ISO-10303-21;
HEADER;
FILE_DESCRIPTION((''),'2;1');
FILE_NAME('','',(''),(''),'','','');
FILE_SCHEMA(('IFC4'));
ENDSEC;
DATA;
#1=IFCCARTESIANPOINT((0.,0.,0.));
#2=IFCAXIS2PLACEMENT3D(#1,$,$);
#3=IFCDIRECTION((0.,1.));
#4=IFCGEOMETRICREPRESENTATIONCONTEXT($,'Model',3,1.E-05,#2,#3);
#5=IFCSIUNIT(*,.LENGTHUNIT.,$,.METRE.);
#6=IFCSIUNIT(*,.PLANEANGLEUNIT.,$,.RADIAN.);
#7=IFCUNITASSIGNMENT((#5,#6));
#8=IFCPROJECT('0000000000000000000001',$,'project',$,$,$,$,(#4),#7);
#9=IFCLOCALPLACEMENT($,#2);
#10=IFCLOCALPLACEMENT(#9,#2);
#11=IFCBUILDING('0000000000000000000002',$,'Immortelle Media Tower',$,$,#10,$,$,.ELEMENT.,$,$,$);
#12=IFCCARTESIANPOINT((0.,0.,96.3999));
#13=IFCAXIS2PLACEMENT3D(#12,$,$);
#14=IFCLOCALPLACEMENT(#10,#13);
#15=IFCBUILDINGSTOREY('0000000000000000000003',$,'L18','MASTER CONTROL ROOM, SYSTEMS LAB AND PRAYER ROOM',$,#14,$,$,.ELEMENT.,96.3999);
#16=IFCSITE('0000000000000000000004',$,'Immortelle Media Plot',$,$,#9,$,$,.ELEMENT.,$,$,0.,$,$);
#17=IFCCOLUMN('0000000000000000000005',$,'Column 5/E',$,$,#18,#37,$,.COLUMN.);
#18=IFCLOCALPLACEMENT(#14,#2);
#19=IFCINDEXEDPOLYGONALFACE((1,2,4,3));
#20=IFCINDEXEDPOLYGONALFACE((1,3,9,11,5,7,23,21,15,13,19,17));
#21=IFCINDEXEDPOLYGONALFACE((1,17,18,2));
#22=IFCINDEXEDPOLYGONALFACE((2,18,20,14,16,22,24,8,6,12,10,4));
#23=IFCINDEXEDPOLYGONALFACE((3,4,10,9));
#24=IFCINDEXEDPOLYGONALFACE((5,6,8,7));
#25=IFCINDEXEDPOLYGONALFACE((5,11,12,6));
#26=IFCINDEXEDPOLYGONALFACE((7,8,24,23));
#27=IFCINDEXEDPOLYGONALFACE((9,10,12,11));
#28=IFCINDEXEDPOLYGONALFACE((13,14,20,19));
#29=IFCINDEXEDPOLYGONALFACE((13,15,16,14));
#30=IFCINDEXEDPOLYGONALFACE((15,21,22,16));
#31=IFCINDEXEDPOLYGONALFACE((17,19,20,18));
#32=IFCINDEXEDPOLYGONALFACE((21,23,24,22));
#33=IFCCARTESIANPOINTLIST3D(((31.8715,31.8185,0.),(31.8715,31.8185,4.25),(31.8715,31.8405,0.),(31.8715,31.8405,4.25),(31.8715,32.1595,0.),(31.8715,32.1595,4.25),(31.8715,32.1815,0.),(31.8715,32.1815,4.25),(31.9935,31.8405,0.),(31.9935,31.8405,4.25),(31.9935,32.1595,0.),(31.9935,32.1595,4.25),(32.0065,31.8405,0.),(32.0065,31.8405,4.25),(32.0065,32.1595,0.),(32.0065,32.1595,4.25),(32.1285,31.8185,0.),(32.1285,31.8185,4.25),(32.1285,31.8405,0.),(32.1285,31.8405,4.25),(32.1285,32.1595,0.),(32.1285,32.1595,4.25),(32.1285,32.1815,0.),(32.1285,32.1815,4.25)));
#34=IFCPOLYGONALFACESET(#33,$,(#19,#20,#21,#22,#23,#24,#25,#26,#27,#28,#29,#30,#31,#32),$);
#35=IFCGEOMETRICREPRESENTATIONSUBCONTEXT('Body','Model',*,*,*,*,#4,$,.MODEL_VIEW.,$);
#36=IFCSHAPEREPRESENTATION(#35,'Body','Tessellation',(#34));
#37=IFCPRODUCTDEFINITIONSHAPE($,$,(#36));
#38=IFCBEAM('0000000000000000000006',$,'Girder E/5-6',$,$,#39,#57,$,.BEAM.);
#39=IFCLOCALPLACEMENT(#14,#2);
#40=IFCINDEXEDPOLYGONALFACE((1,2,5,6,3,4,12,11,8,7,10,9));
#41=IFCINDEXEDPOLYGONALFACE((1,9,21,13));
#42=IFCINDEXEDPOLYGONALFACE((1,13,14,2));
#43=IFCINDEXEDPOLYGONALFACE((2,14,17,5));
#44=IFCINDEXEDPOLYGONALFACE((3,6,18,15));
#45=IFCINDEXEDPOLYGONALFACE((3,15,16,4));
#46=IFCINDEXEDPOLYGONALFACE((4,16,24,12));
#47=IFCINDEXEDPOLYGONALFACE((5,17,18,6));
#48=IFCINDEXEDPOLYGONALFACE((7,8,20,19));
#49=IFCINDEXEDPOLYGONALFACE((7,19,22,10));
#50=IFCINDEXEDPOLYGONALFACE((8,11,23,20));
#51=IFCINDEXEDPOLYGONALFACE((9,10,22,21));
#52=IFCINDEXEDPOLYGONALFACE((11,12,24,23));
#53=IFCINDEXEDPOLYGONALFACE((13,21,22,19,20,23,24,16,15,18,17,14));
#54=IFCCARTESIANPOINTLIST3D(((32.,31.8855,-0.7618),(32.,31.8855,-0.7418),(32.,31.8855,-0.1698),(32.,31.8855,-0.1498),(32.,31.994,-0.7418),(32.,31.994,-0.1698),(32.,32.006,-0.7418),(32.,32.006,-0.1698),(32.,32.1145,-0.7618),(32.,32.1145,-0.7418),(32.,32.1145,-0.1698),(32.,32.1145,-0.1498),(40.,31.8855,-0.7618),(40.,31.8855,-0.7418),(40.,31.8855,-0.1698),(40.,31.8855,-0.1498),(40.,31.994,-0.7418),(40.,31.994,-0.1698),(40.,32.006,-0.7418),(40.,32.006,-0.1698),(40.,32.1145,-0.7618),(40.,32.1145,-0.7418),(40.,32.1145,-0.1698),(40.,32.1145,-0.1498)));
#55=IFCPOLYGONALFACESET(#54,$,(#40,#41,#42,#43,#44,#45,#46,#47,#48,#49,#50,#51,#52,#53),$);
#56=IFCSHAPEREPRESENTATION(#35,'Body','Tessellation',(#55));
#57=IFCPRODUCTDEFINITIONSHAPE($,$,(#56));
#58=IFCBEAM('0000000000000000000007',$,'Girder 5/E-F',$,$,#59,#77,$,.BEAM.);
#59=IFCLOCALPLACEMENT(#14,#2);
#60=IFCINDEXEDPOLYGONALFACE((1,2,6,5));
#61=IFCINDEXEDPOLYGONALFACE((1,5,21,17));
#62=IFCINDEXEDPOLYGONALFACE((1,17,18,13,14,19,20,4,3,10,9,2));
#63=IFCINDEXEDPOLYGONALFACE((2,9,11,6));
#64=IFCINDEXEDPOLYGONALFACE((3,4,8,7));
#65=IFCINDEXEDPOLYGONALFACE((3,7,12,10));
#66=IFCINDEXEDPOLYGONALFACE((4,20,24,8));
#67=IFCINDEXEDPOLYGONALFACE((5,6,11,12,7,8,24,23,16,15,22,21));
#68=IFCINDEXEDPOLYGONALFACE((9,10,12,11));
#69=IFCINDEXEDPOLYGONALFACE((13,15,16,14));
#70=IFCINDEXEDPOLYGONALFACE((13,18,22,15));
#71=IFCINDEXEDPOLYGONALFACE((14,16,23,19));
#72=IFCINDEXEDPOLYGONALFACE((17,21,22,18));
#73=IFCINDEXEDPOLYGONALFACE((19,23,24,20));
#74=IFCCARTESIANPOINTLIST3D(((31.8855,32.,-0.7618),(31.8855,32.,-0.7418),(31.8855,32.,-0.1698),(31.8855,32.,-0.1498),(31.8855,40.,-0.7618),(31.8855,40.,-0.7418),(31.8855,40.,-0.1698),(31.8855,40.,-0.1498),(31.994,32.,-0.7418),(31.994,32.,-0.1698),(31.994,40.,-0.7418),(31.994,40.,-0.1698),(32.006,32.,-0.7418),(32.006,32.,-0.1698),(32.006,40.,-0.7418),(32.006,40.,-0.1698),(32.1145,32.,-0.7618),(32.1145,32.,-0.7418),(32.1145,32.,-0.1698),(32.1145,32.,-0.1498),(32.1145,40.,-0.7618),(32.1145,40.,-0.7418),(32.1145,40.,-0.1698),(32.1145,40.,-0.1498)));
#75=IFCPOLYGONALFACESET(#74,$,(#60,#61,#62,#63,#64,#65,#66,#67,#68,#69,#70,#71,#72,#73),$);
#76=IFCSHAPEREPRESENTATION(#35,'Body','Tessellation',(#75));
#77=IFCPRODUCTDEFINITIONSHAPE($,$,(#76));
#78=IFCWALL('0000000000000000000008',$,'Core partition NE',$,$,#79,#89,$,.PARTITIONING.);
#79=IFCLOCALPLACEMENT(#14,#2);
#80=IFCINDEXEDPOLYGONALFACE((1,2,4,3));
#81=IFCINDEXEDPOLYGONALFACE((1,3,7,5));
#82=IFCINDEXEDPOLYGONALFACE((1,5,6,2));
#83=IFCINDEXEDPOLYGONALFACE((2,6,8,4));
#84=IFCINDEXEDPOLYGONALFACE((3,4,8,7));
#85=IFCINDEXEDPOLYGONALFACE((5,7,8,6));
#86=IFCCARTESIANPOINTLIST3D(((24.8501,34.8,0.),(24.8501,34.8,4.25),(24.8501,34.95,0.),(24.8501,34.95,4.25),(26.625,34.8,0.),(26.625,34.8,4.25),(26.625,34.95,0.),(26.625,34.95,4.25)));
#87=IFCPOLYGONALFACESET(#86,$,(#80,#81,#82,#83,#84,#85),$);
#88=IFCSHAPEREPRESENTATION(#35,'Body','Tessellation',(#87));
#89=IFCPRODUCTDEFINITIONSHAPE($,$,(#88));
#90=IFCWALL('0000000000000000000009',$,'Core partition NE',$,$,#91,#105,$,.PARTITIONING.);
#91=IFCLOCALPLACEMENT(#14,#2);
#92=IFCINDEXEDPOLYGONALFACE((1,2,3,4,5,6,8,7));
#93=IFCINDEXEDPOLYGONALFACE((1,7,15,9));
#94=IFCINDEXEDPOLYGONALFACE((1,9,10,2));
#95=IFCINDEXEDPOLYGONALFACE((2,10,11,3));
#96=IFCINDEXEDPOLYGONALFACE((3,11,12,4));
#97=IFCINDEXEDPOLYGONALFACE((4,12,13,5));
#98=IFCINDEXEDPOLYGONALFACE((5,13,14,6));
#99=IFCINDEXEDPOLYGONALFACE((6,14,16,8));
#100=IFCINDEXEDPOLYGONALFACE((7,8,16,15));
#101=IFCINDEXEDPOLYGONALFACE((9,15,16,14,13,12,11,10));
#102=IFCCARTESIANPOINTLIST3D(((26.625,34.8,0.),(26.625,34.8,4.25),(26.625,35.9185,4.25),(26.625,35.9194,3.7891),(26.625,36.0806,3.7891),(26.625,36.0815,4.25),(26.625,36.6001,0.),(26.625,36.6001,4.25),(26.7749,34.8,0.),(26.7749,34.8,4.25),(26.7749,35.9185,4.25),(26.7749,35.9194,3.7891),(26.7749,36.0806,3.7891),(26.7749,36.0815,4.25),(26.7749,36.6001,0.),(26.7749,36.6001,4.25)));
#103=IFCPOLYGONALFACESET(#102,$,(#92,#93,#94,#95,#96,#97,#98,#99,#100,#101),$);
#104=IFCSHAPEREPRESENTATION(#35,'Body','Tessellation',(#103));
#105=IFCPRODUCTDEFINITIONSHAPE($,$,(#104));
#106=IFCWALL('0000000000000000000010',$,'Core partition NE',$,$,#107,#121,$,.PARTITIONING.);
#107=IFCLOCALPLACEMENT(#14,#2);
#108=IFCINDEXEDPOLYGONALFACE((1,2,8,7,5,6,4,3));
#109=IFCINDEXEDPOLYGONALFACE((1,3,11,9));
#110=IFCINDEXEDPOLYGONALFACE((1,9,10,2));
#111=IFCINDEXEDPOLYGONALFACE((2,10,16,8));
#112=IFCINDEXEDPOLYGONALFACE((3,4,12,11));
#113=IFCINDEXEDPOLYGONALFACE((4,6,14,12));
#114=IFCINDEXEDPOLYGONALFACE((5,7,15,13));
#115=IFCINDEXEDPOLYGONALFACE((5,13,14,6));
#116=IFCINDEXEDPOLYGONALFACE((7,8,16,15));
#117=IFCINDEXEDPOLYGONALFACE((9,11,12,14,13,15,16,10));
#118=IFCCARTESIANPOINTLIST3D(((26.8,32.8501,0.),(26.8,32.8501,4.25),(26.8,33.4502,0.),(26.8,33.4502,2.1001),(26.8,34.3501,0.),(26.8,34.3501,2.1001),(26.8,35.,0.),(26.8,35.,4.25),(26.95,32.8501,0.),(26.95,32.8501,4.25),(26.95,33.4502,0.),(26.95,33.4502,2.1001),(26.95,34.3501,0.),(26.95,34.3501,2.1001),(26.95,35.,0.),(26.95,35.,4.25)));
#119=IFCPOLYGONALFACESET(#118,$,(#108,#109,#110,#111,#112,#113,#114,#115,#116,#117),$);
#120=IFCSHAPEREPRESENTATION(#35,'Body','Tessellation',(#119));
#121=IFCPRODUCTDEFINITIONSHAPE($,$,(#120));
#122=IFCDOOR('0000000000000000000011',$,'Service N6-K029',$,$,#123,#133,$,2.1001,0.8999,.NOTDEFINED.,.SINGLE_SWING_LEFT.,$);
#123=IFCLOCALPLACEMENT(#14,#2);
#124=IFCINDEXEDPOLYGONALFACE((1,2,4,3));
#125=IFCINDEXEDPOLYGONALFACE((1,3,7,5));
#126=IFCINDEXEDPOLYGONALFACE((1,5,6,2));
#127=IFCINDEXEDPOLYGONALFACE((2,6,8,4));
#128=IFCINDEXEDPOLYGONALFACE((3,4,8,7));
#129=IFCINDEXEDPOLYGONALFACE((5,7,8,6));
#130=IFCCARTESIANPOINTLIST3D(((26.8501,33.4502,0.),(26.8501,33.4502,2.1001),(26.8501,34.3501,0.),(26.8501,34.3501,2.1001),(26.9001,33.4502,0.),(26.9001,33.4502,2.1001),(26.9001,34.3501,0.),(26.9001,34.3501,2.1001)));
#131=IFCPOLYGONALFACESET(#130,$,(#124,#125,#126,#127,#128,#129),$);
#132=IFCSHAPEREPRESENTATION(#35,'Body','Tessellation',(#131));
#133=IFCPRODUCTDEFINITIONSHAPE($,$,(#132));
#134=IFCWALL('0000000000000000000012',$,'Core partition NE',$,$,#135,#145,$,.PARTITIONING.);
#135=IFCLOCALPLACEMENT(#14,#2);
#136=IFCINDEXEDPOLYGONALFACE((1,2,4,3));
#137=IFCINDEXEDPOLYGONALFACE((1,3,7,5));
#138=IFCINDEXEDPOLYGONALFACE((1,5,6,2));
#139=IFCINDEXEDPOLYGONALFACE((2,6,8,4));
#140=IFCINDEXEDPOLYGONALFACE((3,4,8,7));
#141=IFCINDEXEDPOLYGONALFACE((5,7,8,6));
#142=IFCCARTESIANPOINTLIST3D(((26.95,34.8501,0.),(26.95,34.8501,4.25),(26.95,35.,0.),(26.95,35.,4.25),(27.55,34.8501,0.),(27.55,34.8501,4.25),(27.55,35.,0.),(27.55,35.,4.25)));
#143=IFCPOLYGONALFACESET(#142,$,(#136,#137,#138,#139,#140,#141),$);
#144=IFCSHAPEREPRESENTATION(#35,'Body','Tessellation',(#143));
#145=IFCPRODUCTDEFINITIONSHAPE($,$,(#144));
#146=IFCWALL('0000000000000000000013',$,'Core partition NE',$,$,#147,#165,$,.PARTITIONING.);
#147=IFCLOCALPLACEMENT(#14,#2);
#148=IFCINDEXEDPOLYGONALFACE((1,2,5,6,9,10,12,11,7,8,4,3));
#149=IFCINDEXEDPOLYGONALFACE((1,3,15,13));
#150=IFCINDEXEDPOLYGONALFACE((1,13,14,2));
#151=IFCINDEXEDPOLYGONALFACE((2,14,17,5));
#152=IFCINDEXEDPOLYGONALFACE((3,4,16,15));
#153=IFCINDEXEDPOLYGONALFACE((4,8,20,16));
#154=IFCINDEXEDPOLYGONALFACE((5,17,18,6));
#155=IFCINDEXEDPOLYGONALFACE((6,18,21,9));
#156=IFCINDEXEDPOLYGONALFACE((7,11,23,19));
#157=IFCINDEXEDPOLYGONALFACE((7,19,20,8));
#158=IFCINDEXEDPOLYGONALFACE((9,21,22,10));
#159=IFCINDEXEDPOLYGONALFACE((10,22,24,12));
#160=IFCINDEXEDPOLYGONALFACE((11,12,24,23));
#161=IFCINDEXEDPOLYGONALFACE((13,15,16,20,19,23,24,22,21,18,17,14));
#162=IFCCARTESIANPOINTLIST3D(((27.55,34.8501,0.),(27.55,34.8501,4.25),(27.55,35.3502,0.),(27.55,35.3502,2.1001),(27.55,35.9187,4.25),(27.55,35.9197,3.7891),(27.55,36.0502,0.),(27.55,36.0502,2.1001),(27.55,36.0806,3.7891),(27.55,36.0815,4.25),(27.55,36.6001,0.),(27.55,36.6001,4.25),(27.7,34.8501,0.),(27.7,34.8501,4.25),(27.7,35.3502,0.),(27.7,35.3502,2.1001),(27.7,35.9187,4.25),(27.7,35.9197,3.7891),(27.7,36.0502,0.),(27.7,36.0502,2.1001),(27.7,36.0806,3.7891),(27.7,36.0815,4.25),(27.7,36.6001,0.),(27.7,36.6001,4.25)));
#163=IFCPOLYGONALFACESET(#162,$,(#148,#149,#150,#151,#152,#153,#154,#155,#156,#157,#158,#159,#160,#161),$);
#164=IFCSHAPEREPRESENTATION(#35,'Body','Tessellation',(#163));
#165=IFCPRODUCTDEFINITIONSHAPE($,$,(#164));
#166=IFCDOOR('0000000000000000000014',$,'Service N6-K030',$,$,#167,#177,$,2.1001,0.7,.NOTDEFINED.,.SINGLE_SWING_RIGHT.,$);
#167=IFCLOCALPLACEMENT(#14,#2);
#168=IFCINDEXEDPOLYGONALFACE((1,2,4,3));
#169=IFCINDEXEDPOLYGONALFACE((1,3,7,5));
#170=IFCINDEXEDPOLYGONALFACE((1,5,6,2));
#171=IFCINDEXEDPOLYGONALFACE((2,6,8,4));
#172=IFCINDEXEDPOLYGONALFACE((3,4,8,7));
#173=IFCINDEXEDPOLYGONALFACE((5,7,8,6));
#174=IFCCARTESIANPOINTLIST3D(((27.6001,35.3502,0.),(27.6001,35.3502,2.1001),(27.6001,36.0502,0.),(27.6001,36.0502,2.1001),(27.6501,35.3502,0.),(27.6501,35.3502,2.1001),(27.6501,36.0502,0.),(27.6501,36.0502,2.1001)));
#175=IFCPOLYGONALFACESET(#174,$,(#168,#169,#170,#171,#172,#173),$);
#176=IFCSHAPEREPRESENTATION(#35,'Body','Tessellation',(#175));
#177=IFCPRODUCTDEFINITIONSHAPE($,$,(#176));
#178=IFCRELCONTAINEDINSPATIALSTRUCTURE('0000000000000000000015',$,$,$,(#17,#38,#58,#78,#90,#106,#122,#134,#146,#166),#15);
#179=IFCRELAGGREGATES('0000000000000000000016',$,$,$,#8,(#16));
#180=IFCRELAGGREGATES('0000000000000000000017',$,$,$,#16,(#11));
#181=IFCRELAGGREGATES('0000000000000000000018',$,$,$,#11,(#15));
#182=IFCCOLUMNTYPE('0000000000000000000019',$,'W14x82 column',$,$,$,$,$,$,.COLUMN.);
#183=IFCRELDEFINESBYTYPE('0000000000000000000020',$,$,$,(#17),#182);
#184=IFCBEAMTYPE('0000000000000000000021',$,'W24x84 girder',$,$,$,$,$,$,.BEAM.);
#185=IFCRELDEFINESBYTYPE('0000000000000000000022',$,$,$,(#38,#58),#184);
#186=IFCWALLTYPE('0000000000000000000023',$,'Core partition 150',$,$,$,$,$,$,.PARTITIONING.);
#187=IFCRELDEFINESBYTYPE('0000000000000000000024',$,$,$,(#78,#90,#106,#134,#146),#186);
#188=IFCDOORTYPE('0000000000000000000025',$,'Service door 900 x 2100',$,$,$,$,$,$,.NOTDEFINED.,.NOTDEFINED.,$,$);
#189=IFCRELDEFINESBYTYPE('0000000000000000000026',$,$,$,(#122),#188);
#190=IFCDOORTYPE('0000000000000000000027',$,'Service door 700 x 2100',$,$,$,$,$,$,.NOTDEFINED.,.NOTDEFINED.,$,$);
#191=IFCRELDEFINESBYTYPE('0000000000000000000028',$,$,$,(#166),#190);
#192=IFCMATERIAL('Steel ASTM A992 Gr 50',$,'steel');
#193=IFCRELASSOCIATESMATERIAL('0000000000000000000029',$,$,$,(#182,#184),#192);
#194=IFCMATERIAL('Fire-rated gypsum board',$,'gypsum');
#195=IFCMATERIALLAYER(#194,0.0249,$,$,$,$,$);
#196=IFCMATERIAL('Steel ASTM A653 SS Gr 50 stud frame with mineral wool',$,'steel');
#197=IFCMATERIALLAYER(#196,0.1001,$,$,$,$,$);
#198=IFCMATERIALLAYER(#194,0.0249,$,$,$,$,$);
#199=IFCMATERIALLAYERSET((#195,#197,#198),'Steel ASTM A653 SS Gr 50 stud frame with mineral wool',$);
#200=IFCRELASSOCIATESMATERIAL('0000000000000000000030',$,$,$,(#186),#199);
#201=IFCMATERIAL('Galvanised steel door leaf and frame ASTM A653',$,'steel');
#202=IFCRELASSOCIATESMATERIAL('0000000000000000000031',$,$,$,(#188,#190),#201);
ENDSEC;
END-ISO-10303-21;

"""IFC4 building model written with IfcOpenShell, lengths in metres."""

from ifc_helpers import new_model, si_unit, direction, frame, frame_2d, origin, origin_2d, place, context, subcontext, project, spatial, polyline, rectangle, i_section, outline, extrude, material, layer, layer_set, material_profile, profile_set, type_object, element, fill, save


model = new_model("IFC4")

# Units and contexts
model_context = context("Model", 3, precision=1e-05, world=origin(), true_north=direction((0.0, 1.0)))
body_context = subcontext(model_context, "Body", "Model", "MODEL_VIEW")
ifc_project = project(units=[si_unit("LENGTHUNIT", "METRE"), si_unit("PLANEANGLEUNIT", "RADIAN")], contexts=[model_context])

# Site, building, storey
site_placement = place(None, origin())
site = spatial("IfcSite", under=ifc_project, at=site_placement, Name="Immortelle Media Plot", CompositionType="ELEMENT", RefElevation=0.0)
building_placement = place(site_placement, origin())
building = spatial("IfcBuilding", under=site, at=building_placement, Name="Immortelle Media Tower", CompositionType="ELEMENT")
storey_placement = place(building_placement, frame((0.0, 0.0, 96.3999)))
storey = spatial("IfcBuildingStorey", under=building, at=storey_placement, Name="L18", Description="MASTER CONTROL ROOM, SYSTEMS LAB AND PRAYER ROOM", CompositionType="ELEMENT", Elevation=96.3999)

# Column
ifc_material_1 = material(Name="Steel ASTM A992 Gr 50", Category="steel")
ifc_material_profile_1 = material_profile(ifc_material_1, i_section(OverallWidth=0.2571, OverallDepth=0.363, WebThickness=0.0129, FlangeThickness=0.022, at=origin_2d()), Name="W14x82")
ifc_profile_set_1 = profile_set([ifc_material_profile_1], Name="Steel ASTM A992 Gr 50")
column_type = type_object("IfcColumnType", Name="W14x82 column", PredefinedType="COLUMN", material=ifc_profile_set_1)
column_placement = place(storey_placement, frame((32.0, 32.0, 0.0), z_axis=(0.0, 0.0, 1.0), x_axis=(1.0, 0.0, 0.0)))
element("IfcColumn", 1, at=column_placement, inside=storey, type_object=column_type, Name="Column 5/E", PredefinedType="COLUMN", context=body_context, shape_type="SweptSolid", body=[
    extrude(i_section(OverallWidth=0.2571, OverallDepth=0.363, WebThickness=0.0129, FlangeThickness=0.022, at=origin_2d()), origin(), (0.0, 0.0, 1.0), 4.25),
])

# Beams
ifc_material_profile_2 = material_profile(ifc_material_1, i_section(OverallWidth=0.229, OverallDepth=0.6121, WebThickness=0.012, FlangeThickness=0.02, at=origin_2d()), Name="W24x84")
ifc_profile_set_2 = profile_set([ifc_material_profile_2], Name="Steel ASTM A992 Gr 50")
beam_type = type_object("IfcBeamType", Name="W24x84 girder", PredefinedType="BEAM", material=ifc_profile_set_2)
for number, where, z_axis, x_axis, name in (
    (2, (32.0, 32.0, -0.4558), (1.0, 0.0, 0.0), (0.0, 1.0, 0.0), "Girder E/5-6"),
    (3, (32.0, 32.0, -0.4558), (0.0, 1.0, 0.0), (-1.0, 0.0, 0.0), "Girder 5/E-F"),
):
    element("IfcBeam", number, at=place(storey_placement, frame(where, z_axis=z_axis, x_axis=x_axis)), inside=storey, type_object=beam_type, Name=name, PredefinedType="BEAM", context=body_context, shape_type="SweptSolid", body=[
        extrude(i_section(OverallWidth=0.229, OverallDepth=0.6121, WebThickness=0.012, FlangeThickness=0.02, at=origin_2d()), origin(), (0.0, 0.0, 1.0), 8.0),
    ])

# Walls
ifc_material_2 = material(Name="Fire-rated gypsum board", Category="gypsum")
ifc_layer_1 = layer(ifc_material_2, 0.0249)
ifc_material_3 = material(Name="Steel ASTM A653 SS Gr 50 stud frame with mineral wool", Category="steel")
ifc_layer_2 = layer(ifc_material_3, 0.1001)
ifc_layer_3 = layer(ifc_material_2, 0.0249)
ifc_layer_set_1 = layer_set([ifc_layer_1, ifc_layer_2, ifc_layer_3], Name="Steel ASTM A653 SS Gr 50 stud frame with mineral wool")
wall_type_1 = type_object("IfcWallType", Name="Core partition 150", PredefinedType="PARTITIONING", material=ifc_layer_set_1)
wall_1_placement = place(storey_placement, frame((24.8501, 34.875, 0.0), z_axis=(0.0, 0.0, 1.0), x_axis=(1.0, 0.0, 0.0)))
element("IfcWall", 4, at=wall_1_placement, inside=storey, type_object=wall_type_1, Name="Core partition NE", PredefinedType="PARTITIONING", context=body_context, shape_type="SweptSolid", body=[
    extrude(rectangle(XDim=1.7749, YDim=0.1499, at=frame_2d((0.8875, 0.0))), origin(), (0.0, 0.0, 1.0), 4.25),
])
wall_2_placement = place(storey_placement, frame((26.7, 34.8, 0.0), z_axis=(0.0, 0.0, 1.0), x_axis=(0.0, 1.0, 0.0)))
element("IfcWall", 5, at=wall_2_placement, inside=storey, type_object=wall_type_1, Name="Core partition NE", PredefinedType="PARTITIONING", context=body_context, shape_type="SweptSolid", body=[
    extrude(outline(polyline([(0.0, 0.0), (1.8, 0.0), (1.8, 4.25), (1.2815, 4.25), (1.2805, 3.7891), (1.1194, 3.7891), (1.1184, 4.25), (0.0, 4.25), (0.0, 0.0)])), frame((0.0, 0.075, 0.0), z_axis=(0.0, -1.0, 0.0), x_axis=(1.0, 0.0, 0.0)), (0.0, 0.0, 1.0), 0.1499),
])

# Wall, opening, door
wall_3_placement = place(storey_placement, frame((26.875, 32.8501, 0.0), z_axis=(0.0, 0.0, 1.0), x_axis=(0.0, 1.0, 0.0)))
wall_3 = element("IfcWall", 6, at=wall_3_placement, inside=storey, type_object=wall_type_1, Name="Core partition NE", PredefinedType="PARTITIONING", context=body_context, shape_type="SweptSolid", body=[
    extrude(rectangle(XDim=2.1499, YDim=0.1499, at=frame_2d((1.075, 0.0))), origin(), (0.0, 0.0, 1.0), 4.25),
])
opening_1_placement = place(wall_3_placement, frame((0.6001, 0.0, 0.0)))
opening_1 = element("IfcOpeningElement", 7, at=opening_1_placement, cuts=wall_3, PredefinedType="OPENING", context=body_context, shape_type="SweptSolid", body=[
    extrude(rectangle(XDim=0.8999, YDim=2.1001, at=frame_2d((0.45, 1.05))), frame((0.0, 0.085, 0.0), z_axis=(0.0, -1.0, 0.0), x_axis=(1.0, 0.0, 0.0)), (0.0, 0.0, 1.0), 0.1699),
])
ifc_material_4 = material(Name="Galvanised steel door leaf and frame ASTM A653", Category="steel")
door_type_1 = type_object("IfcDoorType", Name="Service door 900 x 2100", OperationType="NOTDEFINED", PredefinedType="NOTDEFINED", material=ifc_material_4)
door_1_placement = place(opening_1_placement, origin())
door_1 = element("IfcDoor", 8, at=door_1_placement, inside=storey, type_object=door_type_1, Name="Service N6-K029", OperationType="SINGLE_SWING_LEFT", OverallHeight=2.1001, OverallWidth=0.8999, PredefinedType="NOTDEFINED", context=body_context, shape_type="SweptSolid", body=[
    extrude(rectangle(XDim=0.8999, YDim=2.1001, at=frame_2d((0.45, 1.05))), frame((0.0, 0.0249, 0.0), z_axis=(0.0, -1.0, 0.0), x_axis=(1.0, 0.0, 0.0)), (0.0, 0.0, 1.0), 0.05),
])
fill(opening_1, door_1)

# Wall
wall_4_placement = place(storey_placement, frame((26.95, 34.925, 0.0), z_axis=(0.0, 0.0, 1.0), x_axis=(1.0, 0.0, 0.0)))
element("IfcWall", 9, at=wall_4_placement, inside=storey, type_object=wall_type_1, Name="Core partition NE", PredefinedType="PARTITIONING", context=body_context, shape_type="SweptSolid", body=[
    extrude(rectangle(XDim=0.6001, YDim=0.1499, at=frame_2d((0.3, 0.0))), origin(), (0.0, 0.0, 1.0), 4.25),
])

# Wall, opening, door
wall_5_placement = place(storey_placement, frame((27.625, 34.8501, 0.0), z_axis=(0.0, 0.0, 1.0), x_axis=(0.0, 1.0, 0.0)))
wall_5 = element("IfcWall", 10, at=wall_5_placement, inside=storey, type_object=wall_type_1, Name="Core partition NE", PredefinedType="PARTITIONING", context=body_context, shape_type="SweptSolid", body=[
    extrude(outline(polyline([(0.0, 0.0), (1.75, 0.0), (1.75, 4.25), (1.2314, 4.25), (1.2305, 3.7891), (1.0696, 3.7891), (1.0686, 4.25), (0.0, 4.25), (0.0, 0.0)])), frame((0.0, 0.075, 0.0), z_axis=(0.0, -1.0, 0.0), x_axis=(1.0, 0.0, 0.0)), (0.0, 0.0, 1.0), 0.1499),
])
opening_2_placement = place(wall_5_placement, frame((0.5, 0.0, 0.0)))
opening_2 = element("IfcOpeningElement", 11, at=opening_2_placement, cuts=wall_5, PredefinedType="OPENING", context=body_context, shape_type="SweptSolid", body=[
    extrude(rectangle(XDim=0.7, YDim=2.1001, at=frame_2d((0.3501, 1.05))), frame((0.0, 0.085, 0.0), z_axis=(0.0, -1.0, 0.0), x_axis=(1.0, 0.0, 0.0)), (0.0, 0.0, 1.0), 0.1699),
])
door_type_2 = type_object("IfcDoorType", Name="Service door 700 x 2100", OperationType="NOTDEFINED", PredefinedType="NOTDEFINED", material=ifc_material_4)
door_2_placement = place(opening_2_placement, origin())
door_2 = element("IfcDoor", 12, at=door_2_placement, inside=storey, type_object=door_type_2, Name="Service N6-K030", OperationType="SINGLE_SWING_RIGHT", OverallHeight=2.1001, OverallWidth=0.7, PredefinedType="NOTDEFINED", context=body_context, shape_type="SweptSolid", body=[
    extrude(rectangle(XDim=0.7, YDim=2.1001, at=frame_2d((0.3501, 1.05))), frame((0.0, 0.0249, 0.0), z_axis=(0.0, -1.0, 0.0), x_axis=(1.0, 0.0, 0.0)), (0.0, 0.0, 1.0), 0.05),
])
fill(opening_2, door_2)

save(model, "model.ifc")
